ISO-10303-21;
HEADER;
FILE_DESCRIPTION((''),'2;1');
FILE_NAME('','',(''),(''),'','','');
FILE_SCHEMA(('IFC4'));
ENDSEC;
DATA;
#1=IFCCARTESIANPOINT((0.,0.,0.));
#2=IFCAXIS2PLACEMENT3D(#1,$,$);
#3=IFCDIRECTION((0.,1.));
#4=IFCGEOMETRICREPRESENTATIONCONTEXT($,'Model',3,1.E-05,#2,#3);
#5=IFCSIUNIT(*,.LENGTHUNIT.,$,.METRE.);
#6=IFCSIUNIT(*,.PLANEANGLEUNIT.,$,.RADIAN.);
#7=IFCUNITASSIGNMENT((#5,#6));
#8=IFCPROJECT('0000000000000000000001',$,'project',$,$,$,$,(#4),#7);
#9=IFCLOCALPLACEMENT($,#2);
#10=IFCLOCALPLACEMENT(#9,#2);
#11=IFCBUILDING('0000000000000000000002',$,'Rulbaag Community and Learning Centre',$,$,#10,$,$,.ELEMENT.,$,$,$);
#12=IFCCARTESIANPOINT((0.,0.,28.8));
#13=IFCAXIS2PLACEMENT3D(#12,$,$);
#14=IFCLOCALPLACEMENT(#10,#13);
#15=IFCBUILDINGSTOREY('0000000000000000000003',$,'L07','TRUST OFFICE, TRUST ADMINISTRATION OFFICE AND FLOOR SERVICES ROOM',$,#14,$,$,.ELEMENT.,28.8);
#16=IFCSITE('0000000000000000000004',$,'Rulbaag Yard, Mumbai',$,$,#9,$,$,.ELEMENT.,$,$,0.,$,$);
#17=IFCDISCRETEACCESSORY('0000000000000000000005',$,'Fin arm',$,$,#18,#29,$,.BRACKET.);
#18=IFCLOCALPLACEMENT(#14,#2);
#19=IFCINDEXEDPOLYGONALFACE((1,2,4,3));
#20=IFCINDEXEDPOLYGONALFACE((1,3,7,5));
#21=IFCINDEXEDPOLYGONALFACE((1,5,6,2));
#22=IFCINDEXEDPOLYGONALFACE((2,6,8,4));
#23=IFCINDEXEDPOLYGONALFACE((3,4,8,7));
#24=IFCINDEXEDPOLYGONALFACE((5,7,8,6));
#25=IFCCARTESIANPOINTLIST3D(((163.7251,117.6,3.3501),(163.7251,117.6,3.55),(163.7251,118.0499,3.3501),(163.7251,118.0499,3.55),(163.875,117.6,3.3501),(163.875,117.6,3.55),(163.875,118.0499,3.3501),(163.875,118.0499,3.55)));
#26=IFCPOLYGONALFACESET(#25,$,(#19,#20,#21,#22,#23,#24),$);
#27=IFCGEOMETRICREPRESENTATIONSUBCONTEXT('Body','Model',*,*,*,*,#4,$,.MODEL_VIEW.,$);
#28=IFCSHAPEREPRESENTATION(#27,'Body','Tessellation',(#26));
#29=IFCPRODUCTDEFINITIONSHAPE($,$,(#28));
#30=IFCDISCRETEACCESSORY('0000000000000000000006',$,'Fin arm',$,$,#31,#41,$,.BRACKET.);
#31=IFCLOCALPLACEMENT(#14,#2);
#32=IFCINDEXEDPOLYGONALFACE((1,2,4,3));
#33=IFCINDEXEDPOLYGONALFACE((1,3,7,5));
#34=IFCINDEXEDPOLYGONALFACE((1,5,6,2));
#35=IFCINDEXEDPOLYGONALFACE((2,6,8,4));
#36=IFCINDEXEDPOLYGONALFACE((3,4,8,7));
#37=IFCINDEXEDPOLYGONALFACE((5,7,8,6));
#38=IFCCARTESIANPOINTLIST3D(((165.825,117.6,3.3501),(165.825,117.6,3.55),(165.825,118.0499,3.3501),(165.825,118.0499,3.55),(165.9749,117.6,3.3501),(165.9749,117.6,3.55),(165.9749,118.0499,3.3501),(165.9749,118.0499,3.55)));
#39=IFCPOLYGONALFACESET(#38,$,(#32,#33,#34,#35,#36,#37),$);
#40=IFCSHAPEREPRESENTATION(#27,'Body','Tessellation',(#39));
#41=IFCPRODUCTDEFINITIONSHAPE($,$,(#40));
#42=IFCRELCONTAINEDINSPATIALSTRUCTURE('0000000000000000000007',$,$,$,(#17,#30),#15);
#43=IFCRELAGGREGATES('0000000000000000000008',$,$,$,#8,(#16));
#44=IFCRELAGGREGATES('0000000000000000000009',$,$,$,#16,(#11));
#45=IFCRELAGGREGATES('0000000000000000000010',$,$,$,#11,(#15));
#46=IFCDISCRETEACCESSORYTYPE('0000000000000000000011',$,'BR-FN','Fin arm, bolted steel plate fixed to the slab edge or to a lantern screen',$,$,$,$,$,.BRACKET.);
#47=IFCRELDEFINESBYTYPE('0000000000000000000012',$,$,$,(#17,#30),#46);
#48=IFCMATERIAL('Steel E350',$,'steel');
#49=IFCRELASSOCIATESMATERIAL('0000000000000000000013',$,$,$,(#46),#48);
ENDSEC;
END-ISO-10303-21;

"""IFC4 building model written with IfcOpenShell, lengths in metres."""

from ifc_helpers import new_model, si_unit, direction, frame, origin, origin_2d, place, context, subcontext, project, spatial, rectangle, extrude, material, type_object, element, save


model = new_model("IFC4")

# Units and contexts
model_context = context("Model", 3, precision=1e-05, world=origin(), true_north=direction((0.0, 1.0)))
body_context = subcontext(model_context, "Body", "Model", "MODEL_VIEW")
ifc_project = project(units=[si_unit("LENGTHUNIT", "METRE"), si_unit("PLANEANGLEUNIT", "RADIAN")], contexts=[model_context])

# Site, building, storey
site_placement = place(None, origin())
site = spatial("IfcSite", under=ifc_project, at=site_placement, Name="Rulbaag Yard, Mumbai", CompositionType="ELEMENT", RefElevation=0.0)
building_placement = place(site_placement, origin())
building = spatial("IfcBuilding", under=site, at=building_placement, Name="Rulbaag Community and Learning Centre", CompositionType="ELEMENT")
storey_placement = place(building_placement, frame((0.0, 0.0, 28.8)))
storey = spatial("IfcBuildingStorey", under=building, at=storey_placement, Name="L07", Description="TRUST OFFICE, TRUST ADMINISTRATION OFFICE AND FLOOR SERVICES ROOM", CompositionType="ELEMENT", Elevation=28.8)

# Discrete accessories
ifc_material_1 = material(Name="Steel E350", Category="steel")
discrete_accessory_type = type_object("IfcDiscreteAccessoryType", Name="BR-FN", Description="Fin arm, bolted steel plate fixed to the slab edge or to a lantern screen", PredefinedType="BRACKET", material=ifc_material_1)
for number, where, z_axis, x_axis, name in (
    (1, (163.8, 117.825, 3.3501), (0.0, 0.0, 1.0), (1.0, 0.0, 0.0), "Fin arm"),
    (2, (165.8999, 117.825, 3.3501), (0.0, 0.0, 1.0), (1.0, 0.0, 0.0), "Fin arm"),
):
    element("IfcDiscreteAccessory", number, at=place(storey_placement, frame(where, z_axis=z_axis, x_axis=x_axis)), inside=storey, type_object=discrete_accessory_type, Name=name, PredefinedType="BRACKET", context=body_context, shape_type="SweptSolid", body=[
        extrude(rectangle(XDim=0.1499, YDim=0.45, at=origin_2d()), origin(), (0.0, 0.0, 1.0), 0.2),
    ])

save(model, "model.ifc")
